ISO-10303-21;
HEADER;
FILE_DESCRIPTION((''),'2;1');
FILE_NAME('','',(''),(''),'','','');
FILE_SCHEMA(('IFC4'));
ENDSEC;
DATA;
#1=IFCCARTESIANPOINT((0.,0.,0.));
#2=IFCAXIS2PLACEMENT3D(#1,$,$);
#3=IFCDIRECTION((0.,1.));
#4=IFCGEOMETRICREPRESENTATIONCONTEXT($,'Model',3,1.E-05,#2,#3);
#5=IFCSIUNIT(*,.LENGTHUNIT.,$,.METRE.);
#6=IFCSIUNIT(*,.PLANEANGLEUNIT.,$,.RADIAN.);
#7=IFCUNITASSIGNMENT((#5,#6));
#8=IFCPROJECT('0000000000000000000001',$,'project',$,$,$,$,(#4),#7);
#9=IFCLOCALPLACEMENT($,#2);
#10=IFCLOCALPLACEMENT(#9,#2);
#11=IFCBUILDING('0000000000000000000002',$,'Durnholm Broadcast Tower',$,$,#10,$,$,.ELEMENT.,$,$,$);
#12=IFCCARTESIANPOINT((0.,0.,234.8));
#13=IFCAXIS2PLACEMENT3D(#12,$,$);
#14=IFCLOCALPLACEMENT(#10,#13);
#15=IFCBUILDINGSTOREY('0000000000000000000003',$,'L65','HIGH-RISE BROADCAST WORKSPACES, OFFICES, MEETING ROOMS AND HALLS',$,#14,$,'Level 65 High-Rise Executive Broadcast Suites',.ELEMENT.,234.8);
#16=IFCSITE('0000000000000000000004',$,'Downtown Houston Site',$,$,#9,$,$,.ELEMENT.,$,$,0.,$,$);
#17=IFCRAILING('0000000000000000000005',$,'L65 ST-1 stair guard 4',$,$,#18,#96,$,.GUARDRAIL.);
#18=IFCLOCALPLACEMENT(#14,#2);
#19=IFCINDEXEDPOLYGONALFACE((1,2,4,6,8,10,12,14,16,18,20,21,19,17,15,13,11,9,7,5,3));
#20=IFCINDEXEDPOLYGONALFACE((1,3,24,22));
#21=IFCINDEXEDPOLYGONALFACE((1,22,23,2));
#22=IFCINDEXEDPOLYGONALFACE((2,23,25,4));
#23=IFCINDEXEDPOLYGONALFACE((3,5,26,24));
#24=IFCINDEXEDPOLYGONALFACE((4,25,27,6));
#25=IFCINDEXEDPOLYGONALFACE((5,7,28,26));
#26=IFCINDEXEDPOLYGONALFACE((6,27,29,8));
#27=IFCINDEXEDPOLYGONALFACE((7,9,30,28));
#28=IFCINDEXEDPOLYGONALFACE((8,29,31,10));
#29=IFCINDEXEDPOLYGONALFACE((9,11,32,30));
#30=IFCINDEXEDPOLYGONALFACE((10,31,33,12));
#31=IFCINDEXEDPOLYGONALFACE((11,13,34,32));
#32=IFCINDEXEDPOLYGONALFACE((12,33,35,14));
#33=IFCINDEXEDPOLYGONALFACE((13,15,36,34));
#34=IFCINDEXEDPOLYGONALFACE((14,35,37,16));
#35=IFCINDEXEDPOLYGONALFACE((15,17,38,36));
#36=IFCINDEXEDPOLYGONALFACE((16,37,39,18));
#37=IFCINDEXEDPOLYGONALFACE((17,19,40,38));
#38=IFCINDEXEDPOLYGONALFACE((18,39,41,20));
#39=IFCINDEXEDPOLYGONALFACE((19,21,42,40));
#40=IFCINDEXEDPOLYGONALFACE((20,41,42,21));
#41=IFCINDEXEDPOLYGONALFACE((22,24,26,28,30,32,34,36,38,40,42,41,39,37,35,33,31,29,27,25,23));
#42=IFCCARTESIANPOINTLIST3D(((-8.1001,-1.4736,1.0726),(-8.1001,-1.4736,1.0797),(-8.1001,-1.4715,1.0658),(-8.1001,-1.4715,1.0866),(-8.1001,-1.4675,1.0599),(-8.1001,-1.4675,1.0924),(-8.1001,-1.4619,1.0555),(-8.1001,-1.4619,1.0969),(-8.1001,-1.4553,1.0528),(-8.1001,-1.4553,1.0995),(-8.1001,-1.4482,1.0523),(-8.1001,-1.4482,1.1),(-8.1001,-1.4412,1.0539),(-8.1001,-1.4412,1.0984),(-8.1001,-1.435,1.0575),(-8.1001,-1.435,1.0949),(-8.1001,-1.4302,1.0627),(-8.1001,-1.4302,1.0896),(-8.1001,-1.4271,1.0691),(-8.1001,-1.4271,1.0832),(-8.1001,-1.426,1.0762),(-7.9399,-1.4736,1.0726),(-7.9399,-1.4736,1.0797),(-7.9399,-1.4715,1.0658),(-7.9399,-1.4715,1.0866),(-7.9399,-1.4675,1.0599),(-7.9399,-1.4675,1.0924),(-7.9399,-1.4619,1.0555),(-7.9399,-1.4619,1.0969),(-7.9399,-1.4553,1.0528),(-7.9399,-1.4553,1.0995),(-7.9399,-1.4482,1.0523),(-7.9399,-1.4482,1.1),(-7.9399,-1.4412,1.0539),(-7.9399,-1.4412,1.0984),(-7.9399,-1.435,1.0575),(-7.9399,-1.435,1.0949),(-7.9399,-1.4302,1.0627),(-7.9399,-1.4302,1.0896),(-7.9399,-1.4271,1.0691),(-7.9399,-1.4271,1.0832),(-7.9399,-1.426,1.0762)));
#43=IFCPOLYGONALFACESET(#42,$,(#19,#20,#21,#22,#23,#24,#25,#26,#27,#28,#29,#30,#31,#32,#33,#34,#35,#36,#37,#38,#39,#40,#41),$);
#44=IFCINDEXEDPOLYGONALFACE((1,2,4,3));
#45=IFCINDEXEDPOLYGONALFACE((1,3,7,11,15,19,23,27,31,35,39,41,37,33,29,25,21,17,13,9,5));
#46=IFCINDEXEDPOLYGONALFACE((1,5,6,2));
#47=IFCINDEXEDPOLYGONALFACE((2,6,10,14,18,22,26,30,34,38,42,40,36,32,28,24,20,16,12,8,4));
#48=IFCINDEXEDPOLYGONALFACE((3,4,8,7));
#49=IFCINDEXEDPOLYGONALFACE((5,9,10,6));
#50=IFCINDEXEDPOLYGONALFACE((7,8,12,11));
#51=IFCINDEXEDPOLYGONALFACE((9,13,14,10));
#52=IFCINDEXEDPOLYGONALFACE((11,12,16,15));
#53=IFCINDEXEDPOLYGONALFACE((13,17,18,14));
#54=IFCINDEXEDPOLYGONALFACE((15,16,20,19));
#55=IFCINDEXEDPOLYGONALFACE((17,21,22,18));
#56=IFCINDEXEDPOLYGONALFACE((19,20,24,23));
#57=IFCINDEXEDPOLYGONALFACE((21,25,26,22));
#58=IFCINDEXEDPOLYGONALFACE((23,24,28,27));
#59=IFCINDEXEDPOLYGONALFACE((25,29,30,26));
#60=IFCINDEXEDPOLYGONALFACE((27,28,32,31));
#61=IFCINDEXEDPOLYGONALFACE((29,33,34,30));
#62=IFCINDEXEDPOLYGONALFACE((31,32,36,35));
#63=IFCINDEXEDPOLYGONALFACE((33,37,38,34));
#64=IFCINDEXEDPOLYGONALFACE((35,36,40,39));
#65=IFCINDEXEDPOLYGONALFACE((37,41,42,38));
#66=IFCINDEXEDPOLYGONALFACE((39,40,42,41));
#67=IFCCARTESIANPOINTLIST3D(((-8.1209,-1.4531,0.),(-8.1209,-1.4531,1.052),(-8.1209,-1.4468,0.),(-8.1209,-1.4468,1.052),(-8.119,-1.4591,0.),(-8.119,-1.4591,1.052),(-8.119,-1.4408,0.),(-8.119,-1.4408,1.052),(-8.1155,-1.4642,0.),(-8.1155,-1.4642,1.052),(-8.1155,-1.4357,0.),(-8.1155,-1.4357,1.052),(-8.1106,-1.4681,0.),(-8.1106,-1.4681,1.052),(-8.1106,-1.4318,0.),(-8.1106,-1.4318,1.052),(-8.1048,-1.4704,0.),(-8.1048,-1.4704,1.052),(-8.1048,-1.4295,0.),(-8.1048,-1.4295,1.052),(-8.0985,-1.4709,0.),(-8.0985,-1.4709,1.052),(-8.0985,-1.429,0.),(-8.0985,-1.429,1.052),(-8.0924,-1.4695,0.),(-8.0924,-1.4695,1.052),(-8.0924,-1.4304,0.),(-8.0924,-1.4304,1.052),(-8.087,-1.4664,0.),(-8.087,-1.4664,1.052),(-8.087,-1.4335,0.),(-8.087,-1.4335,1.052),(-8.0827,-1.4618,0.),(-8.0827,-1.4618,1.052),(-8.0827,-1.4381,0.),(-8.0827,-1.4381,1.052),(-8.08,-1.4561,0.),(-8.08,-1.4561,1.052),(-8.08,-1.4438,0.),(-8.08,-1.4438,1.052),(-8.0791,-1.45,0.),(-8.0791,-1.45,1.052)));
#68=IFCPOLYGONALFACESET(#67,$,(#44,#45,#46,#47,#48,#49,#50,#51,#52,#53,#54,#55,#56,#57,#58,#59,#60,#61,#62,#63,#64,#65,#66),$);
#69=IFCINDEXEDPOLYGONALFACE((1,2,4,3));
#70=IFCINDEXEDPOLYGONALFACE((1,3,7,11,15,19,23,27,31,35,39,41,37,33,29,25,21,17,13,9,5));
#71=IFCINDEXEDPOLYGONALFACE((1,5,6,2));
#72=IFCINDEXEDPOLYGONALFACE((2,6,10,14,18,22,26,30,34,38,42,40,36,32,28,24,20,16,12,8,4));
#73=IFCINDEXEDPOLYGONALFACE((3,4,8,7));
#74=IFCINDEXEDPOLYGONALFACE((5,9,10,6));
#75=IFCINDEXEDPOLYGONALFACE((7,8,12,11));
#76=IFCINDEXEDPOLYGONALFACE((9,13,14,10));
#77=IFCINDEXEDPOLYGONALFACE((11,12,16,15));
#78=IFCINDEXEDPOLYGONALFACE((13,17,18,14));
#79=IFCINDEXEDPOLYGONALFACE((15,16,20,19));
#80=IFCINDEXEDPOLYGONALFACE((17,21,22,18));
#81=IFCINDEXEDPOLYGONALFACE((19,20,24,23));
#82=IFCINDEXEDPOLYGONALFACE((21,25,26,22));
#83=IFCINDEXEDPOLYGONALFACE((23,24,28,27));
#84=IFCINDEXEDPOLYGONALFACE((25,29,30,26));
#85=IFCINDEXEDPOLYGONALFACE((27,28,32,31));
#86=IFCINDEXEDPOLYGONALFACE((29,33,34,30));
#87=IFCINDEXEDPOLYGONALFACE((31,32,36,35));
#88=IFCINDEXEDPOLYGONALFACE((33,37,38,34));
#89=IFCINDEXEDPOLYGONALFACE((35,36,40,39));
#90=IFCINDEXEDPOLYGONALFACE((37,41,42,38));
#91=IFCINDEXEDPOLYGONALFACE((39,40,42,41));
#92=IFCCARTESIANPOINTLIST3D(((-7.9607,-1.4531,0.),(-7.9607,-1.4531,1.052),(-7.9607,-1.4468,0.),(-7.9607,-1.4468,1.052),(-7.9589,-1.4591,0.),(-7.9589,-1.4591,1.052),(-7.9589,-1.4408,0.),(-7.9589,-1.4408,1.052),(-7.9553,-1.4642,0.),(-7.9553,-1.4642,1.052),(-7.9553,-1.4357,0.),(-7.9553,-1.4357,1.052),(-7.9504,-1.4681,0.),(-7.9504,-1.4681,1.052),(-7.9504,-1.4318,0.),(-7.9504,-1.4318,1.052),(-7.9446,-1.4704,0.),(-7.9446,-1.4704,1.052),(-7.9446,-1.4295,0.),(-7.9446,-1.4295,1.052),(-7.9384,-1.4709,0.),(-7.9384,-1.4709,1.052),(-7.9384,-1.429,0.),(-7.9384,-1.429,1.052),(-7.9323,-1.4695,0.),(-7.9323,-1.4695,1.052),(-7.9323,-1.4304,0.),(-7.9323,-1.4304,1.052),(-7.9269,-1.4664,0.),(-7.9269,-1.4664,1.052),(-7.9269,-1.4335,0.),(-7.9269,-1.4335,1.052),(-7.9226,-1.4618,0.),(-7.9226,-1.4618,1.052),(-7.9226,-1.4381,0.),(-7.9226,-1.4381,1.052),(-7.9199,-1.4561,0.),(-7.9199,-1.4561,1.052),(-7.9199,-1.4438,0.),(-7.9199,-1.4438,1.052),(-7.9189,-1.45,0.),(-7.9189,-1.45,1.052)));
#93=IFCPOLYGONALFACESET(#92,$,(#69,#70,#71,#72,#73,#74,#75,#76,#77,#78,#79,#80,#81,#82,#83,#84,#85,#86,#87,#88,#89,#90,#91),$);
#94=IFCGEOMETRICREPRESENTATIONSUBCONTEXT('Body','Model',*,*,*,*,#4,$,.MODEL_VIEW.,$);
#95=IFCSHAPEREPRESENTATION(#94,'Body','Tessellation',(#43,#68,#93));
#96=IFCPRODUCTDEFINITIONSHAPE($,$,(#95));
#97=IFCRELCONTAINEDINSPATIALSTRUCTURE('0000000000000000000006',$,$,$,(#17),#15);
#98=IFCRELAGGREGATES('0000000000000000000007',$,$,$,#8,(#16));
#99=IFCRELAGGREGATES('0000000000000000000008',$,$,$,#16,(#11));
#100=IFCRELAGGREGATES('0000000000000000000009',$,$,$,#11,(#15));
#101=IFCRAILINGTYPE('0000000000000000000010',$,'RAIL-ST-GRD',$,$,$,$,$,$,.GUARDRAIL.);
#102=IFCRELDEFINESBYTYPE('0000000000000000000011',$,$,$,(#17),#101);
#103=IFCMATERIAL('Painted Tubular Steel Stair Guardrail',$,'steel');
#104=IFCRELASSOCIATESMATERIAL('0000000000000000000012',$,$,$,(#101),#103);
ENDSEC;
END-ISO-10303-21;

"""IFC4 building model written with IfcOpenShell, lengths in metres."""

from ifc_helpers import new_model, si_unit, direction, frame, origin, origin_2d, place, context, subcontext, project, spatial, circle, extrude, material, type_object, element, save


model = new_model("IFC4")

# Units and contexts
model_context = context("Model", 3, precision=1e-05, world=origin(), true_north=direction((0.0, 1.0)))
body_context = subcontext(model_context, "Body", "Model", "MODEL_VIEW")
ifc_project = project(units=[si_unit("LENGTHUNIT", "METRE"), si_unit("PLANEANGLEUNIT", "RADIAN")], contexts=[model_context])

# Site, building, storey
site_placement = place(None, origin())
site = spatial("IfcSite", under=ifc_project, at=site_placement, Name="Downtown Houston Site", CompositionType="ELEMENT", RefElevation=0.0)
building_placement = place(site_placement, origin())
building = spatial("IfcBuilding", under=site, at=building_placement, Name="Durnholm Broadcast Tower", CompositionType="ELEMENT")
storey_placement = place(building_placement, frame((0.0, 0.0, 234.8)))
storey = spatial("IfcBuildingStorey", under=building, at=storey_placement, Name="L65", Description="HIGH-RISE BROADCAST WORKSPACES, OFFICES, MEETING ROOMS AND HALLS", LongName="Level 65 High-Rise Executive Broadcast Suites", CompositionType="ELEMENT", Elevation=234.8)

# Railing
ifc_material_1 = material(Name="Painted Tubular Steel Stair Guardrail", Category="steel")
railing_type_1 = type_object("IfcRailingType", Name="RAIL-ST-GRD", PredefinedType="GUARDRAIL", material=ifc_material_1)
railing_1_placement = place(storey_placement, frame((-8.1001, -1.45, 0.0)))
element("IfcRailing", 1, at=railing_1_placement, inside=storey, type_object=railing_type_1, Name="L65 ST-1 stair guard 4", PredefinedType="GUARDRAIL", context=body_context, shape_type="SweptSolid", body=[
    extrude(circle(Radius=0.0239, at=origin_2d()), frame((0.0, 0.0, 1.0762), z_axis=(1.0, 0.0, 0.0), x_axis=(0.0, 1.0, 0.0)), (0.0, 0.0, 1.0), 0.1602),
    extrude(circle(Radius=0.021, at=origin_2d()), origin(), (0.0, 0.0, 1.0), 1.052),
    extrude(circle(Radius=0.021, at=origin_2d()), frame((0.1602, 0.0, 0.0)), (0.0, 0.0, 1.0), 1.052),
])

save(model, "model.ifc")
